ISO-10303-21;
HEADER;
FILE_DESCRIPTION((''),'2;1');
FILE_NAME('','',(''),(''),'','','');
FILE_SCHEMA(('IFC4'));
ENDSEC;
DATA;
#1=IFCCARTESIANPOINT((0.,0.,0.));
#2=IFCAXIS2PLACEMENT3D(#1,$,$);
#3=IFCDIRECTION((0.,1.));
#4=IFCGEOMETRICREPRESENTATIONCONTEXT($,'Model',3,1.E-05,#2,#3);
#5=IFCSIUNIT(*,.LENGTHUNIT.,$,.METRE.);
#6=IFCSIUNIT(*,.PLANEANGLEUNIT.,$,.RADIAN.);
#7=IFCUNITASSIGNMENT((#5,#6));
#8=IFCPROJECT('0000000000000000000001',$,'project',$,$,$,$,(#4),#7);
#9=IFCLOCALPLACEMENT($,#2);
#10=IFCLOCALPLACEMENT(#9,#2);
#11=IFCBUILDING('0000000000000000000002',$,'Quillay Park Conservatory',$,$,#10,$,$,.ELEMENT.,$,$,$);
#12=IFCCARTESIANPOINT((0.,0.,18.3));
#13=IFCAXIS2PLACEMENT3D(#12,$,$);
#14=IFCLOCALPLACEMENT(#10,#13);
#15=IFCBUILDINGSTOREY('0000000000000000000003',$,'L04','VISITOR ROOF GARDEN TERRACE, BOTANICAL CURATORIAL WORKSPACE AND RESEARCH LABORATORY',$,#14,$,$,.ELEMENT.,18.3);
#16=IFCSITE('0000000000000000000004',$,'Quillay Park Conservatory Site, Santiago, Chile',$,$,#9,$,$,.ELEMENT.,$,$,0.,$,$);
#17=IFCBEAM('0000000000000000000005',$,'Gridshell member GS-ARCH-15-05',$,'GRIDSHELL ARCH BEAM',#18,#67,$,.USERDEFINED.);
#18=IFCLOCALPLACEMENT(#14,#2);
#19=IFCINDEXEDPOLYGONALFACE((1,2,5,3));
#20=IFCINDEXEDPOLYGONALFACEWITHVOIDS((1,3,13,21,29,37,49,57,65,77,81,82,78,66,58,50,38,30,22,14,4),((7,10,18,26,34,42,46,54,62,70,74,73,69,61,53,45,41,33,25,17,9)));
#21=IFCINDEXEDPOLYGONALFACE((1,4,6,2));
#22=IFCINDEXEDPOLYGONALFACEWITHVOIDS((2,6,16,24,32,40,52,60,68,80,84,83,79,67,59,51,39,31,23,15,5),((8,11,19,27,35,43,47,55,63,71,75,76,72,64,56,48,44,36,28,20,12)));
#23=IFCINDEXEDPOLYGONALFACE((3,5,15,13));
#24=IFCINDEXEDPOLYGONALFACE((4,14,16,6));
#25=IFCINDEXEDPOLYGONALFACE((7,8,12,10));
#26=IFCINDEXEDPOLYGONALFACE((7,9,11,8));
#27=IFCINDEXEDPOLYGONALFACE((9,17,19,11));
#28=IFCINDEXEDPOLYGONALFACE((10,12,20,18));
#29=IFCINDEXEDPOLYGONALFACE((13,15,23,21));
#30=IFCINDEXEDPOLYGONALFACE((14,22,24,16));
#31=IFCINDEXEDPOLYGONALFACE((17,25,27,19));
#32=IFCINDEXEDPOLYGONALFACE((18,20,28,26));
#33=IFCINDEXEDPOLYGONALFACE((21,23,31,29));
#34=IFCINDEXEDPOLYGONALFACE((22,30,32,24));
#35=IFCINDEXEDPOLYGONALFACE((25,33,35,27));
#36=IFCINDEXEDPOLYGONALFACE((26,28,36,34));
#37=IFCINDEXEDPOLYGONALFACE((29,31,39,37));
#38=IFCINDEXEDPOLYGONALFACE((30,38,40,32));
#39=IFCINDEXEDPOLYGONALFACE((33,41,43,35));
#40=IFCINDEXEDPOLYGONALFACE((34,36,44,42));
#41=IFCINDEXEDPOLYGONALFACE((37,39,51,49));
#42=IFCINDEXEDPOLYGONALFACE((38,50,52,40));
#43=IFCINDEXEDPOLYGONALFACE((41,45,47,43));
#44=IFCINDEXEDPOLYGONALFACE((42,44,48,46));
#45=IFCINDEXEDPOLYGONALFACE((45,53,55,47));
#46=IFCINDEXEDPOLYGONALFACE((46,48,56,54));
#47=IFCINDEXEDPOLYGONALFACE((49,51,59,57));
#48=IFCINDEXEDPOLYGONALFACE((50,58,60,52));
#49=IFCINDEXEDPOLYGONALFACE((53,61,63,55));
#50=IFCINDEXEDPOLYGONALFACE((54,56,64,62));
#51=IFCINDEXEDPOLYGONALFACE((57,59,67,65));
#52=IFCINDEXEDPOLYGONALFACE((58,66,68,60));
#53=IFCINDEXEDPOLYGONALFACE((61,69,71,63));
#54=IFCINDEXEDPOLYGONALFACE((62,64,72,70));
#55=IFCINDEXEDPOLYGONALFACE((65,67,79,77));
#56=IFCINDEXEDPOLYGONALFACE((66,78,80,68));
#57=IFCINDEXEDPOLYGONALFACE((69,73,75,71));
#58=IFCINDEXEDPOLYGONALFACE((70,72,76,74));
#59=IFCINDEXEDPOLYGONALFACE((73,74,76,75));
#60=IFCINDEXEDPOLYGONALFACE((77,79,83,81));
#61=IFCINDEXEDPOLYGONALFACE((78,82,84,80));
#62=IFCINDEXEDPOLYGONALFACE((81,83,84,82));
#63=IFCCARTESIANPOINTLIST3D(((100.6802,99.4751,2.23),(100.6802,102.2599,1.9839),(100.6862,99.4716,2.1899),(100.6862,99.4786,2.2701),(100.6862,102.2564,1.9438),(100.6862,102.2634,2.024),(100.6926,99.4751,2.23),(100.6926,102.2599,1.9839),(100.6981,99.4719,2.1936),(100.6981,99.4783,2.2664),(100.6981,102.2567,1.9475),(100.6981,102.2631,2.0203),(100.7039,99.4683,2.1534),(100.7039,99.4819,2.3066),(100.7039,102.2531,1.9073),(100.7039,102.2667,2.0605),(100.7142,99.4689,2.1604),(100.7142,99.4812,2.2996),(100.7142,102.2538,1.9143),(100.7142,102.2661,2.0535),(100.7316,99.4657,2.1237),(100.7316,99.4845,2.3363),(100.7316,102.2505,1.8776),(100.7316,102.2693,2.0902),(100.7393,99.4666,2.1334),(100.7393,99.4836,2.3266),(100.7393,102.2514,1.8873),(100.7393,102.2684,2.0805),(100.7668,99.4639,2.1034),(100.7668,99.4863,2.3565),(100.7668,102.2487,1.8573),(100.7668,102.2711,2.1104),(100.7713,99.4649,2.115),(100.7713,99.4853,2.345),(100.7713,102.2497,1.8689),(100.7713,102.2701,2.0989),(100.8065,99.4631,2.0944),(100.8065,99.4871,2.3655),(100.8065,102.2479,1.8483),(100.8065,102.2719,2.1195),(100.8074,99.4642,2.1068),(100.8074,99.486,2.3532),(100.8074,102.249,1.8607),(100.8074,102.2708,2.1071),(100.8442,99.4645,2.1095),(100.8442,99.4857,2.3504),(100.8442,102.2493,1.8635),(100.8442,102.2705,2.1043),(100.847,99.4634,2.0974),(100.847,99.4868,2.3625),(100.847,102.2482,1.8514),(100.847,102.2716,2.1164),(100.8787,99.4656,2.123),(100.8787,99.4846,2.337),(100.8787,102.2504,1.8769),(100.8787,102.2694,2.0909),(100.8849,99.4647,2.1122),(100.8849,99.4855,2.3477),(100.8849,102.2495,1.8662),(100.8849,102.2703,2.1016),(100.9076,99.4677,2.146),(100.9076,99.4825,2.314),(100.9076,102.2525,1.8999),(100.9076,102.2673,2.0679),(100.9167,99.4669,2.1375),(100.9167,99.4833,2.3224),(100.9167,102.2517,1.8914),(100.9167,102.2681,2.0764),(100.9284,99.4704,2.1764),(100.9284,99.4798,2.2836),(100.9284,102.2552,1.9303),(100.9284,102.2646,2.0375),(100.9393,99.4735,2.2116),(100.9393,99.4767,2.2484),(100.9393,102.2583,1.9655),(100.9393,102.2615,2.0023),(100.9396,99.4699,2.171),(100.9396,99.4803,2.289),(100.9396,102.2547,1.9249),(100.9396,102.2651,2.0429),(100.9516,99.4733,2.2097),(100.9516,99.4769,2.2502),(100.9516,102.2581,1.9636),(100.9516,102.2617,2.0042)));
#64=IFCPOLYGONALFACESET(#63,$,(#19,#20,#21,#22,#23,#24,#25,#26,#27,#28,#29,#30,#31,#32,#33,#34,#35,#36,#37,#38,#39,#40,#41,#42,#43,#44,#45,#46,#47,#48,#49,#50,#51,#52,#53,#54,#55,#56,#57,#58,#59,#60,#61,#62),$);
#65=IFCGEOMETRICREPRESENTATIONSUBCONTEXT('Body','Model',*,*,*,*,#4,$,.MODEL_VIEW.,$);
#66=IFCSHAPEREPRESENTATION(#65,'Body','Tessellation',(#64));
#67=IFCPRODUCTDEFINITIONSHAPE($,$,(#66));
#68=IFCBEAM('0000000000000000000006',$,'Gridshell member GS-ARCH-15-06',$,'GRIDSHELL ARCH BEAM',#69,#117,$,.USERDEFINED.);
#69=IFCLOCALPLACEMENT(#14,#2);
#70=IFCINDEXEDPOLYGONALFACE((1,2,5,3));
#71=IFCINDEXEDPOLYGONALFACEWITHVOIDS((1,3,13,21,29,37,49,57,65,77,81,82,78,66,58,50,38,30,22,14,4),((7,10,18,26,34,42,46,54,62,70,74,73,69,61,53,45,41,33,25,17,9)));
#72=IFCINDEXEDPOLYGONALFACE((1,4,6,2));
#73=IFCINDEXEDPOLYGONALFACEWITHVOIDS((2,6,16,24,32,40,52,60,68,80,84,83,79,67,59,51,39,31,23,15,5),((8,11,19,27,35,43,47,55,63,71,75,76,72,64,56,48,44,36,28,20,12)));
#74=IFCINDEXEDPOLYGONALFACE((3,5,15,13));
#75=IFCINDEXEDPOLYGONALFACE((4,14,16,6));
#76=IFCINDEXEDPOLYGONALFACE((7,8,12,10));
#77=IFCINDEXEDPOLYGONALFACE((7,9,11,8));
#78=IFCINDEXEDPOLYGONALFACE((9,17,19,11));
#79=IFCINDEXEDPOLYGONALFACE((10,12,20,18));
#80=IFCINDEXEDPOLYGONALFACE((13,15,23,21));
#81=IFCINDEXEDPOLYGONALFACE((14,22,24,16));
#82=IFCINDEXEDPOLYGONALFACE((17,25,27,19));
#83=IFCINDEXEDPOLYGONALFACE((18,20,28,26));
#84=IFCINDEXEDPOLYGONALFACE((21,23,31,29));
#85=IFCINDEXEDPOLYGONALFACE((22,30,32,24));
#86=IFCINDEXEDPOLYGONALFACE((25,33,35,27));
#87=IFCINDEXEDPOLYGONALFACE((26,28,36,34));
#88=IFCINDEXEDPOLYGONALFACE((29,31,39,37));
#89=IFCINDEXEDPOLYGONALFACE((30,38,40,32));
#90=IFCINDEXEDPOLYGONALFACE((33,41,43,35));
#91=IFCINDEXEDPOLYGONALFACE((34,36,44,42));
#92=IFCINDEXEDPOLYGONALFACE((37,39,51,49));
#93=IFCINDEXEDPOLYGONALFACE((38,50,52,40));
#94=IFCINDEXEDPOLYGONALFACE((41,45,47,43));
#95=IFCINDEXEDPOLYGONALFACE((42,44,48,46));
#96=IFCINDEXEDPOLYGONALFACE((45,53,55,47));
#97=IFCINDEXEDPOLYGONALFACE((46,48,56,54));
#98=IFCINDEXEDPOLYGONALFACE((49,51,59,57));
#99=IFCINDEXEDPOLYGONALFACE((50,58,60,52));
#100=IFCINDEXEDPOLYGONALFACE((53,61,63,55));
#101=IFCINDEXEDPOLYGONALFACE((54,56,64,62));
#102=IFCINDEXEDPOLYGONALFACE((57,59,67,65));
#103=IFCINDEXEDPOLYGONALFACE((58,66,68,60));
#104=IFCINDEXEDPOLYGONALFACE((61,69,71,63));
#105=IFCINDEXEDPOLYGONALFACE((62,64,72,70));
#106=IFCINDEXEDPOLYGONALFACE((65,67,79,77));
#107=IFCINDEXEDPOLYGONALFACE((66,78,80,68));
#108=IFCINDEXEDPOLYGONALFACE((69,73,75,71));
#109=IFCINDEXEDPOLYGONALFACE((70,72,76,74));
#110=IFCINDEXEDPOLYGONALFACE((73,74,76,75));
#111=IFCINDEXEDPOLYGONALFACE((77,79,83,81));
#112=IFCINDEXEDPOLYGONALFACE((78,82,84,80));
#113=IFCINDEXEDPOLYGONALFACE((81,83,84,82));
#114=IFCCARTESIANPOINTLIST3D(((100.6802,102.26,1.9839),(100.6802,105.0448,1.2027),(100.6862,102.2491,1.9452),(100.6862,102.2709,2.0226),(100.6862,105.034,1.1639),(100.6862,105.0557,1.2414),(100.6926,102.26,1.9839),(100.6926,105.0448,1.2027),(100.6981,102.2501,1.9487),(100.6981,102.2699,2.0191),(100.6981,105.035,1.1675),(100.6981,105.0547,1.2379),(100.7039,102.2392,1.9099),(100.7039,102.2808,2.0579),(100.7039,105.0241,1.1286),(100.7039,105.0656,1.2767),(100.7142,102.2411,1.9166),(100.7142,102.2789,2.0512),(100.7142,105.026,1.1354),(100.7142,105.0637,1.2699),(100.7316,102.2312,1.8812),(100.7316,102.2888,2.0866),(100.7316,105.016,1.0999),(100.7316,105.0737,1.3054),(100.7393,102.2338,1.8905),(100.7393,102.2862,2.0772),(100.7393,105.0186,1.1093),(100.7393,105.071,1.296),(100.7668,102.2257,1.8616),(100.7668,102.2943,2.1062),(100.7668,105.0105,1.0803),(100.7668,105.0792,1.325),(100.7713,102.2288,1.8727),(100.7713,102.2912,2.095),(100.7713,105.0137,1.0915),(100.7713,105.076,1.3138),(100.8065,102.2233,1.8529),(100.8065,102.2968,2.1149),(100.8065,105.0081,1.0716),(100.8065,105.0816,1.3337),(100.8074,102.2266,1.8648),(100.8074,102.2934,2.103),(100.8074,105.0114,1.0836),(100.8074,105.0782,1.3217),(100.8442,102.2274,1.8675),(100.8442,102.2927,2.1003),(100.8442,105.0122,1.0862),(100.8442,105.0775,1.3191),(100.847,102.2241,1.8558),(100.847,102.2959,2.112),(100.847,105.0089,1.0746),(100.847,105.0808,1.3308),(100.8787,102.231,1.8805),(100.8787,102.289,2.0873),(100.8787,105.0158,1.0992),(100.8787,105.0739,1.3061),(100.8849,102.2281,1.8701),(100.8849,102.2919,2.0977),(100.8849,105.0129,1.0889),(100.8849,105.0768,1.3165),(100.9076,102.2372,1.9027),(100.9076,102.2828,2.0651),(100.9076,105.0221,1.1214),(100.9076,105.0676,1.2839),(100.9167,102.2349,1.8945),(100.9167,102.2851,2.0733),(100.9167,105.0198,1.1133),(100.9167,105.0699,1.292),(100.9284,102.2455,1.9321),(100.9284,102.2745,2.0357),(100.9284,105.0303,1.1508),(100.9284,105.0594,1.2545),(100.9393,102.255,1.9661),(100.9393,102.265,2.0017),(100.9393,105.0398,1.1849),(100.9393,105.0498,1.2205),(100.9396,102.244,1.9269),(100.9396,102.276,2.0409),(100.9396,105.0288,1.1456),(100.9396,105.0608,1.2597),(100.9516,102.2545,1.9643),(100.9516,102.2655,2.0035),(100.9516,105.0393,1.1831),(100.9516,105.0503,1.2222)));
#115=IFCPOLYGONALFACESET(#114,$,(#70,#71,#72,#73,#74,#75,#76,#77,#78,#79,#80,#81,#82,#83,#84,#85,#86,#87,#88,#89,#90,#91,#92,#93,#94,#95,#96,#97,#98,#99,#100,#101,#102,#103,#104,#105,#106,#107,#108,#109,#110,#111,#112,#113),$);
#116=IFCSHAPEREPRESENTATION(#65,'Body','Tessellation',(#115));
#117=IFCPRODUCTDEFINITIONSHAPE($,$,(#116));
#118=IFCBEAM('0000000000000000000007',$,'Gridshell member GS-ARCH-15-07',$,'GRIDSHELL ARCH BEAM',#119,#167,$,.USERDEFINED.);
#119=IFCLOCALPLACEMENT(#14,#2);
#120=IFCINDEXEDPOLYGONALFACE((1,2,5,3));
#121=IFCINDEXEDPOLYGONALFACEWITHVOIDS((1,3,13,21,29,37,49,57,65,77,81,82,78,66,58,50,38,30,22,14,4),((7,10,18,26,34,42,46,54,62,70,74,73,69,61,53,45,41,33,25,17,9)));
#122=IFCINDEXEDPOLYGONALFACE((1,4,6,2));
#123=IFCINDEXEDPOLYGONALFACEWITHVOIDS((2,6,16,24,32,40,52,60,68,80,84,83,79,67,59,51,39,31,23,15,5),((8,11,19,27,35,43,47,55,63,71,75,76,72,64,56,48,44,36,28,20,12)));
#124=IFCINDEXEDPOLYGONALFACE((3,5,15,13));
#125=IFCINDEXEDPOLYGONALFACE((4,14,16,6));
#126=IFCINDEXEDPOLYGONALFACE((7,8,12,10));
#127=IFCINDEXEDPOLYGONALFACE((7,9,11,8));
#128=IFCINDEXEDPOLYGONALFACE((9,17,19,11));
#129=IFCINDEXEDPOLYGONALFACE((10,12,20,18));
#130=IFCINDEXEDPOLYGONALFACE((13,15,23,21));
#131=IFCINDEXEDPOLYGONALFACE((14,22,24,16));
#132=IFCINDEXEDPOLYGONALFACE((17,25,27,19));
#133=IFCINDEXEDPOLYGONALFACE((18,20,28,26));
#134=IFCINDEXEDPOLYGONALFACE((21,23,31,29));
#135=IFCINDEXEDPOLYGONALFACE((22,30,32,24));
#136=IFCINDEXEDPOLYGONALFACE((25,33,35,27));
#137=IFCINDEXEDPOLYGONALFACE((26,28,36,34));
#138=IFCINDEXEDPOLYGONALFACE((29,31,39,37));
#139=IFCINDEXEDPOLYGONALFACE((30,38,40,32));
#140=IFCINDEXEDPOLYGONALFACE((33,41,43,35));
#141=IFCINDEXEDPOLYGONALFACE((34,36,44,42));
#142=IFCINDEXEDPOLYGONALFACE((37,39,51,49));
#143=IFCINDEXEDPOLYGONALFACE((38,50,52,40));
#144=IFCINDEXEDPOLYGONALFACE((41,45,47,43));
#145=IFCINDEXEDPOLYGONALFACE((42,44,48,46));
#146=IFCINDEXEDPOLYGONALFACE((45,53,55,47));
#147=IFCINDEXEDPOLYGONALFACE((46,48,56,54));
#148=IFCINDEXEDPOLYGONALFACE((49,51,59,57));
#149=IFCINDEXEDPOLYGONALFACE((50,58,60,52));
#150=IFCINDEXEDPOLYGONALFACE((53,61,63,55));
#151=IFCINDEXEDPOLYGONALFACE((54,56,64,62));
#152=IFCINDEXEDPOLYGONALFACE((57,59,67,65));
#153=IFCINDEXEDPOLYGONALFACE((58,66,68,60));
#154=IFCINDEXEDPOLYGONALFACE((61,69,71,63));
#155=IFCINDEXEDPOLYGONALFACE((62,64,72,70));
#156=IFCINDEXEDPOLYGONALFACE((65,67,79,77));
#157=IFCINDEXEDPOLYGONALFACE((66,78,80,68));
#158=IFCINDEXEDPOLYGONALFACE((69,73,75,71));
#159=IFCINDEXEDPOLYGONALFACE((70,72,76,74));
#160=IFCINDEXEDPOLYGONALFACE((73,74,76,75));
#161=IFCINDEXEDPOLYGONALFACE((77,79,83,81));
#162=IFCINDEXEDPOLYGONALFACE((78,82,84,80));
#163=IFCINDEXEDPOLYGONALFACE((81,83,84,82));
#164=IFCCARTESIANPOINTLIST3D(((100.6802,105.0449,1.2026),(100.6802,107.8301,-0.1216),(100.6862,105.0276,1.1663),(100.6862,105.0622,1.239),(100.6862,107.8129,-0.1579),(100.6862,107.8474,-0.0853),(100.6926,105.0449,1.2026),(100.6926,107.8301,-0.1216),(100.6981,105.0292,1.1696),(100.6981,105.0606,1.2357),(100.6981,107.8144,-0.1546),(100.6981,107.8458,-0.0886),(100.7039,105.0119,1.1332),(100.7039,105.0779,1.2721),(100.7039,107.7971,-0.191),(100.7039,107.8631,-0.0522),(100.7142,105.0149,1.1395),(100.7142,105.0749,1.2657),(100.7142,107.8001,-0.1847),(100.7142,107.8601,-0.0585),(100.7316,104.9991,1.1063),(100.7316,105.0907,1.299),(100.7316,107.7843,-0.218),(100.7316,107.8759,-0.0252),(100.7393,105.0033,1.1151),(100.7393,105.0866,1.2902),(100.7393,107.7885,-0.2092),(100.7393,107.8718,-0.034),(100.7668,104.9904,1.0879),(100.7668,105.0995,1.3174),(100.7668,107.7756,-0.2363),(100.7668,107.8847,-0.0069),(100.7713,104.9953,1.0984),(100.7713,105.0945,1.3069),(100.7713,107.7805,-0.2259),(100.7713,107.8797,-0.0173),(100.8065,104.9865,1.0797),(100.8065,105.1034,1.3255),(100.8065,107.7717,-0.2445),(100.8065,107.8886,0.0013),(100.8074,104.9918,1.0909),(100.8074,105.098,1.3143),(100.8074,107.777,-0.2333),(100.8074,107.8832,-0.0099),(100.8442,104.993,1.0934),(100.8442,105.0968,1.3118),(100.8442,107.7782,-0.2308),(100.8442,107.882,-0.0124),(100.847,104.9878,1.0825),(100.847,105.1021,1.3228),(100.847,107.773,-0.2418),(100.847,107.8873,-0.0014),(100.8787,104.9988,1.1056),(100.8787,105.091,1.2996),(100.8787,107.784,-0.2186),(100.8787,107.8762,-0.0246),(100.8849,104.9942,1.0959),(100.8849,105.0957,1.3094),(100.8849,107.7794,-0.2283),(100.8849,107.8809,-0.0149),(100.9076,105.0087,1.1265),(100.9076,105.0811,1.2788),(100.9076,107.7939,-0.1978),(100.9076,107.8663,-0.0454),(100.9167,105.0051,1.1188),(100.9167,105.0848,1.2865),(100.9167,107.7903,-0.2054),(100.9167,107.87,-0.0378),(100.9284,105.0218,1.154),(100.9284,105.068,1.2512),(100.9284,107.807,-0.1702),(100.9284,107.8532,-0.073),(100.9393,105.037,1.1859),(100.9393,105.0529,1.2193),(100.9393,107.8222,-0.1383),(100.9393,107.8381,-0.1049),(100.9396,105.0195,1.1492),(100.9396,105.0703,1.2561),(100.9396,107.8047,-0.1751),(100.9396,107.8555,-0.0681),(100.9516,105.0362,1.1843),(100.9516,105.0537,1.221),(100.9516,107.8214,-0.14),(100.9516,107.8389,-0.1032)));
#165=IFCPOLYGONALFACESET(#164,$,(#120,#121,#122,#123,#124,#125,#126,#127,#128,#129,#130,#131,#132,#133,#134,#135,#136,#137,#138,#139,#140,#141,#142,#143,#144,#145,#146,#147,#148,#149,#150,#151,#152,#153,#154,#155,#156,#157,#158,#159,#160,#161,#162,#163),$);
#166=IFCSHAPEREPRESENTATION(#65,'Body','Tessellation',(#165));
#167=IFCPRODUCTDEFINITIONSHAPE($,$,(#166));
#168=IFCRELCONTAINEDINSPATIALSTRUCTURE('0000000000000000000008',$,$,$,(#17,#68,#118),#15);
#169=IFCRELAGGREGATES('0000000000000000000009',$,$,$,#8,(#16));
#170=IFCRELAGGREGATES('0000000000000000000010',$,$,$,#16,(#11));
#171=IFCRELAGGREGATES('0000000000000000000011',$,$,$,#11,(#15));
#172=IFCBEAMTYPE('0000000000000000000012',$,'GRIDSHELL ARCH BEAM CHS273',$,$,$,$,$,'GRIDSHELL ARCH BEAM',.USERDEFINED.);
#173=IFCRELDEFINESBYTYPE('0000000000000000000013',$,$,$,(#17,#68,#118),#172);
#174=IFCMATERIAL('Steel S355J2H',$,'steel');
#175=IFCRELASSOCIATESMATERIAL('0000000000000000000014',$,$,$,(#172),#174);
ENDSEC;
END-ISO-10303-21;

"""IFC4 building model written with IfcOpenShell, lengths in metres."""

from ifc_helpers import new_model, si_unit, direction, frame, origin, origin_2d, place, context, subcontext, project, spatial, hollow_circle, extrude, material, material_profile, profile_set, type_object, element, save


model = new_model("IFC4")

# Units and contexts
model_context = context("Model", 3, precision=1e-05, world=origin(), true_north=direction((0.0, 1.0)))
body_context = subcontext(model_context, "Body", "Model", "MODEL_VIEW")
ifc_project = project(units=[si_unit("LENGTHUNIT", "METRE"), si_unit("PLANEANGLEUNIT", "RADIAN")], contexts=[model_context])

# Site, building, storey
site_placement = place(None, origin())
site = spatial("IfcSite", under=ifc_project, at=site_placement, Name="Quillay Park Conservatory Site, Santiago, Chile", CompositionType="ELEMENT", RefElevation=0.0)
building_placement = place(site_placement, origin())
building = spatial("IfcBuilding", under=site, at=building_placement, Name="Quillay Park Conservatory", CompositionType="ELEMENT")
storey_placement = place(building_placement, frame((0.0, 0.0, 18.3)))
storey = spatial("IfcBuildingStorey", under=building, at=storey_placement, Name="L04", Description="VISITOR ROOF GARDEN TERRACE, BOTANICAL CURATORIAL WORKSPACE AND RESEARCH LABORATORY", CompositionType="ELEMENT", Elevation=18.3)

# Beams
ifc_material_1 = material(Name="Steel S355J2H", Category="steel")
ifc_material_profile_1 = material_profile(ifc_material_1, hollow_circle(Radius=0.1365, WallThickness=0.0125, at=origin_2d()), Name="CHS273x12.5")
ifc_profile_set_1 = profile_set([ifc_material_profile_1], Name="Steel S355J2H")
beam_type = type_object("IfcBeamType", Name="GRIDSHELL ARCH BEAM CHS273", ElementType="GRIDSHELL ARCH BEAM", PredefinedType="USERDEFINED", material=ifc_profile_set_1)
beam_1_placement = place(storey_placement, frame((100.8167, 99.4751, 2.23), z_axis=(0.0, 0.996118, -0.088024), x_axis=(-1.0, 0.0, 0.0)))
element("IfcBeam", 1, at=beam_1_placement, inside=storey, type_object=beam_type, Name="Gridshell member GS-ARCH-15-05", ObjectType="GRIDSHELL ARCH BEAM", PredefinedType="USERDEFINED", context=body_context, shape_type="SweptSolid", body=[
    extrude(hollow_circle(Radius=0.1365, WallThickness=0.0125, at=origin_2d()), origin(), (0.0, 0.0, 1.0), 2.7957),
])
beam_2_placement = place(storey_placement, frame((100.8167, 102.26, 1.9839), z_axis=(0.0, 0.962832, -0.270103), x_axis=(-1.0, 0.0, 0.0)))
element("IfcBeam", 2, at=beam_2_placement, inside=storey, type_object=beam_type, Name="Gridshell member GS-ARCH-15-06", ObjectType="GRIDSHELL ARCH BEAM", PredefinedType="USERDEFINED", context=body_context, shape_type="SweptSolid", body=[
    extrude(hollow_circle(Radius=0.1365, WallThickness=0.0125, at=origin_2d()), origin(), (0.0, 0.0, 1.0), 2.8923),
])
beam_3_placement = place(storey_placement, frame((100.8167, 105.0449, 1.2026), z_axis=(0.0, 0.903118, -0.429393), x_axis=(-1.0, 0.0, 0.0)))
element("IfcBeam", 3, at=beam_3_placement, inside=storey, type_object=beam_type, Name="Gridshell member GS-ARCH-15-07", ObjectType="GRIDSHELL ARCH BEAM", PredefinedType="USERDEFINED", context=body_context, shape_type="SweptSolid", body=[
    extrude(hollow_circle(Radius=0.1365, WallThickness=0.0125, at=origin_2d()), origin(), (0.0, 0.0, 1.0), 3.084),
])

save(model, "model.ifc")
